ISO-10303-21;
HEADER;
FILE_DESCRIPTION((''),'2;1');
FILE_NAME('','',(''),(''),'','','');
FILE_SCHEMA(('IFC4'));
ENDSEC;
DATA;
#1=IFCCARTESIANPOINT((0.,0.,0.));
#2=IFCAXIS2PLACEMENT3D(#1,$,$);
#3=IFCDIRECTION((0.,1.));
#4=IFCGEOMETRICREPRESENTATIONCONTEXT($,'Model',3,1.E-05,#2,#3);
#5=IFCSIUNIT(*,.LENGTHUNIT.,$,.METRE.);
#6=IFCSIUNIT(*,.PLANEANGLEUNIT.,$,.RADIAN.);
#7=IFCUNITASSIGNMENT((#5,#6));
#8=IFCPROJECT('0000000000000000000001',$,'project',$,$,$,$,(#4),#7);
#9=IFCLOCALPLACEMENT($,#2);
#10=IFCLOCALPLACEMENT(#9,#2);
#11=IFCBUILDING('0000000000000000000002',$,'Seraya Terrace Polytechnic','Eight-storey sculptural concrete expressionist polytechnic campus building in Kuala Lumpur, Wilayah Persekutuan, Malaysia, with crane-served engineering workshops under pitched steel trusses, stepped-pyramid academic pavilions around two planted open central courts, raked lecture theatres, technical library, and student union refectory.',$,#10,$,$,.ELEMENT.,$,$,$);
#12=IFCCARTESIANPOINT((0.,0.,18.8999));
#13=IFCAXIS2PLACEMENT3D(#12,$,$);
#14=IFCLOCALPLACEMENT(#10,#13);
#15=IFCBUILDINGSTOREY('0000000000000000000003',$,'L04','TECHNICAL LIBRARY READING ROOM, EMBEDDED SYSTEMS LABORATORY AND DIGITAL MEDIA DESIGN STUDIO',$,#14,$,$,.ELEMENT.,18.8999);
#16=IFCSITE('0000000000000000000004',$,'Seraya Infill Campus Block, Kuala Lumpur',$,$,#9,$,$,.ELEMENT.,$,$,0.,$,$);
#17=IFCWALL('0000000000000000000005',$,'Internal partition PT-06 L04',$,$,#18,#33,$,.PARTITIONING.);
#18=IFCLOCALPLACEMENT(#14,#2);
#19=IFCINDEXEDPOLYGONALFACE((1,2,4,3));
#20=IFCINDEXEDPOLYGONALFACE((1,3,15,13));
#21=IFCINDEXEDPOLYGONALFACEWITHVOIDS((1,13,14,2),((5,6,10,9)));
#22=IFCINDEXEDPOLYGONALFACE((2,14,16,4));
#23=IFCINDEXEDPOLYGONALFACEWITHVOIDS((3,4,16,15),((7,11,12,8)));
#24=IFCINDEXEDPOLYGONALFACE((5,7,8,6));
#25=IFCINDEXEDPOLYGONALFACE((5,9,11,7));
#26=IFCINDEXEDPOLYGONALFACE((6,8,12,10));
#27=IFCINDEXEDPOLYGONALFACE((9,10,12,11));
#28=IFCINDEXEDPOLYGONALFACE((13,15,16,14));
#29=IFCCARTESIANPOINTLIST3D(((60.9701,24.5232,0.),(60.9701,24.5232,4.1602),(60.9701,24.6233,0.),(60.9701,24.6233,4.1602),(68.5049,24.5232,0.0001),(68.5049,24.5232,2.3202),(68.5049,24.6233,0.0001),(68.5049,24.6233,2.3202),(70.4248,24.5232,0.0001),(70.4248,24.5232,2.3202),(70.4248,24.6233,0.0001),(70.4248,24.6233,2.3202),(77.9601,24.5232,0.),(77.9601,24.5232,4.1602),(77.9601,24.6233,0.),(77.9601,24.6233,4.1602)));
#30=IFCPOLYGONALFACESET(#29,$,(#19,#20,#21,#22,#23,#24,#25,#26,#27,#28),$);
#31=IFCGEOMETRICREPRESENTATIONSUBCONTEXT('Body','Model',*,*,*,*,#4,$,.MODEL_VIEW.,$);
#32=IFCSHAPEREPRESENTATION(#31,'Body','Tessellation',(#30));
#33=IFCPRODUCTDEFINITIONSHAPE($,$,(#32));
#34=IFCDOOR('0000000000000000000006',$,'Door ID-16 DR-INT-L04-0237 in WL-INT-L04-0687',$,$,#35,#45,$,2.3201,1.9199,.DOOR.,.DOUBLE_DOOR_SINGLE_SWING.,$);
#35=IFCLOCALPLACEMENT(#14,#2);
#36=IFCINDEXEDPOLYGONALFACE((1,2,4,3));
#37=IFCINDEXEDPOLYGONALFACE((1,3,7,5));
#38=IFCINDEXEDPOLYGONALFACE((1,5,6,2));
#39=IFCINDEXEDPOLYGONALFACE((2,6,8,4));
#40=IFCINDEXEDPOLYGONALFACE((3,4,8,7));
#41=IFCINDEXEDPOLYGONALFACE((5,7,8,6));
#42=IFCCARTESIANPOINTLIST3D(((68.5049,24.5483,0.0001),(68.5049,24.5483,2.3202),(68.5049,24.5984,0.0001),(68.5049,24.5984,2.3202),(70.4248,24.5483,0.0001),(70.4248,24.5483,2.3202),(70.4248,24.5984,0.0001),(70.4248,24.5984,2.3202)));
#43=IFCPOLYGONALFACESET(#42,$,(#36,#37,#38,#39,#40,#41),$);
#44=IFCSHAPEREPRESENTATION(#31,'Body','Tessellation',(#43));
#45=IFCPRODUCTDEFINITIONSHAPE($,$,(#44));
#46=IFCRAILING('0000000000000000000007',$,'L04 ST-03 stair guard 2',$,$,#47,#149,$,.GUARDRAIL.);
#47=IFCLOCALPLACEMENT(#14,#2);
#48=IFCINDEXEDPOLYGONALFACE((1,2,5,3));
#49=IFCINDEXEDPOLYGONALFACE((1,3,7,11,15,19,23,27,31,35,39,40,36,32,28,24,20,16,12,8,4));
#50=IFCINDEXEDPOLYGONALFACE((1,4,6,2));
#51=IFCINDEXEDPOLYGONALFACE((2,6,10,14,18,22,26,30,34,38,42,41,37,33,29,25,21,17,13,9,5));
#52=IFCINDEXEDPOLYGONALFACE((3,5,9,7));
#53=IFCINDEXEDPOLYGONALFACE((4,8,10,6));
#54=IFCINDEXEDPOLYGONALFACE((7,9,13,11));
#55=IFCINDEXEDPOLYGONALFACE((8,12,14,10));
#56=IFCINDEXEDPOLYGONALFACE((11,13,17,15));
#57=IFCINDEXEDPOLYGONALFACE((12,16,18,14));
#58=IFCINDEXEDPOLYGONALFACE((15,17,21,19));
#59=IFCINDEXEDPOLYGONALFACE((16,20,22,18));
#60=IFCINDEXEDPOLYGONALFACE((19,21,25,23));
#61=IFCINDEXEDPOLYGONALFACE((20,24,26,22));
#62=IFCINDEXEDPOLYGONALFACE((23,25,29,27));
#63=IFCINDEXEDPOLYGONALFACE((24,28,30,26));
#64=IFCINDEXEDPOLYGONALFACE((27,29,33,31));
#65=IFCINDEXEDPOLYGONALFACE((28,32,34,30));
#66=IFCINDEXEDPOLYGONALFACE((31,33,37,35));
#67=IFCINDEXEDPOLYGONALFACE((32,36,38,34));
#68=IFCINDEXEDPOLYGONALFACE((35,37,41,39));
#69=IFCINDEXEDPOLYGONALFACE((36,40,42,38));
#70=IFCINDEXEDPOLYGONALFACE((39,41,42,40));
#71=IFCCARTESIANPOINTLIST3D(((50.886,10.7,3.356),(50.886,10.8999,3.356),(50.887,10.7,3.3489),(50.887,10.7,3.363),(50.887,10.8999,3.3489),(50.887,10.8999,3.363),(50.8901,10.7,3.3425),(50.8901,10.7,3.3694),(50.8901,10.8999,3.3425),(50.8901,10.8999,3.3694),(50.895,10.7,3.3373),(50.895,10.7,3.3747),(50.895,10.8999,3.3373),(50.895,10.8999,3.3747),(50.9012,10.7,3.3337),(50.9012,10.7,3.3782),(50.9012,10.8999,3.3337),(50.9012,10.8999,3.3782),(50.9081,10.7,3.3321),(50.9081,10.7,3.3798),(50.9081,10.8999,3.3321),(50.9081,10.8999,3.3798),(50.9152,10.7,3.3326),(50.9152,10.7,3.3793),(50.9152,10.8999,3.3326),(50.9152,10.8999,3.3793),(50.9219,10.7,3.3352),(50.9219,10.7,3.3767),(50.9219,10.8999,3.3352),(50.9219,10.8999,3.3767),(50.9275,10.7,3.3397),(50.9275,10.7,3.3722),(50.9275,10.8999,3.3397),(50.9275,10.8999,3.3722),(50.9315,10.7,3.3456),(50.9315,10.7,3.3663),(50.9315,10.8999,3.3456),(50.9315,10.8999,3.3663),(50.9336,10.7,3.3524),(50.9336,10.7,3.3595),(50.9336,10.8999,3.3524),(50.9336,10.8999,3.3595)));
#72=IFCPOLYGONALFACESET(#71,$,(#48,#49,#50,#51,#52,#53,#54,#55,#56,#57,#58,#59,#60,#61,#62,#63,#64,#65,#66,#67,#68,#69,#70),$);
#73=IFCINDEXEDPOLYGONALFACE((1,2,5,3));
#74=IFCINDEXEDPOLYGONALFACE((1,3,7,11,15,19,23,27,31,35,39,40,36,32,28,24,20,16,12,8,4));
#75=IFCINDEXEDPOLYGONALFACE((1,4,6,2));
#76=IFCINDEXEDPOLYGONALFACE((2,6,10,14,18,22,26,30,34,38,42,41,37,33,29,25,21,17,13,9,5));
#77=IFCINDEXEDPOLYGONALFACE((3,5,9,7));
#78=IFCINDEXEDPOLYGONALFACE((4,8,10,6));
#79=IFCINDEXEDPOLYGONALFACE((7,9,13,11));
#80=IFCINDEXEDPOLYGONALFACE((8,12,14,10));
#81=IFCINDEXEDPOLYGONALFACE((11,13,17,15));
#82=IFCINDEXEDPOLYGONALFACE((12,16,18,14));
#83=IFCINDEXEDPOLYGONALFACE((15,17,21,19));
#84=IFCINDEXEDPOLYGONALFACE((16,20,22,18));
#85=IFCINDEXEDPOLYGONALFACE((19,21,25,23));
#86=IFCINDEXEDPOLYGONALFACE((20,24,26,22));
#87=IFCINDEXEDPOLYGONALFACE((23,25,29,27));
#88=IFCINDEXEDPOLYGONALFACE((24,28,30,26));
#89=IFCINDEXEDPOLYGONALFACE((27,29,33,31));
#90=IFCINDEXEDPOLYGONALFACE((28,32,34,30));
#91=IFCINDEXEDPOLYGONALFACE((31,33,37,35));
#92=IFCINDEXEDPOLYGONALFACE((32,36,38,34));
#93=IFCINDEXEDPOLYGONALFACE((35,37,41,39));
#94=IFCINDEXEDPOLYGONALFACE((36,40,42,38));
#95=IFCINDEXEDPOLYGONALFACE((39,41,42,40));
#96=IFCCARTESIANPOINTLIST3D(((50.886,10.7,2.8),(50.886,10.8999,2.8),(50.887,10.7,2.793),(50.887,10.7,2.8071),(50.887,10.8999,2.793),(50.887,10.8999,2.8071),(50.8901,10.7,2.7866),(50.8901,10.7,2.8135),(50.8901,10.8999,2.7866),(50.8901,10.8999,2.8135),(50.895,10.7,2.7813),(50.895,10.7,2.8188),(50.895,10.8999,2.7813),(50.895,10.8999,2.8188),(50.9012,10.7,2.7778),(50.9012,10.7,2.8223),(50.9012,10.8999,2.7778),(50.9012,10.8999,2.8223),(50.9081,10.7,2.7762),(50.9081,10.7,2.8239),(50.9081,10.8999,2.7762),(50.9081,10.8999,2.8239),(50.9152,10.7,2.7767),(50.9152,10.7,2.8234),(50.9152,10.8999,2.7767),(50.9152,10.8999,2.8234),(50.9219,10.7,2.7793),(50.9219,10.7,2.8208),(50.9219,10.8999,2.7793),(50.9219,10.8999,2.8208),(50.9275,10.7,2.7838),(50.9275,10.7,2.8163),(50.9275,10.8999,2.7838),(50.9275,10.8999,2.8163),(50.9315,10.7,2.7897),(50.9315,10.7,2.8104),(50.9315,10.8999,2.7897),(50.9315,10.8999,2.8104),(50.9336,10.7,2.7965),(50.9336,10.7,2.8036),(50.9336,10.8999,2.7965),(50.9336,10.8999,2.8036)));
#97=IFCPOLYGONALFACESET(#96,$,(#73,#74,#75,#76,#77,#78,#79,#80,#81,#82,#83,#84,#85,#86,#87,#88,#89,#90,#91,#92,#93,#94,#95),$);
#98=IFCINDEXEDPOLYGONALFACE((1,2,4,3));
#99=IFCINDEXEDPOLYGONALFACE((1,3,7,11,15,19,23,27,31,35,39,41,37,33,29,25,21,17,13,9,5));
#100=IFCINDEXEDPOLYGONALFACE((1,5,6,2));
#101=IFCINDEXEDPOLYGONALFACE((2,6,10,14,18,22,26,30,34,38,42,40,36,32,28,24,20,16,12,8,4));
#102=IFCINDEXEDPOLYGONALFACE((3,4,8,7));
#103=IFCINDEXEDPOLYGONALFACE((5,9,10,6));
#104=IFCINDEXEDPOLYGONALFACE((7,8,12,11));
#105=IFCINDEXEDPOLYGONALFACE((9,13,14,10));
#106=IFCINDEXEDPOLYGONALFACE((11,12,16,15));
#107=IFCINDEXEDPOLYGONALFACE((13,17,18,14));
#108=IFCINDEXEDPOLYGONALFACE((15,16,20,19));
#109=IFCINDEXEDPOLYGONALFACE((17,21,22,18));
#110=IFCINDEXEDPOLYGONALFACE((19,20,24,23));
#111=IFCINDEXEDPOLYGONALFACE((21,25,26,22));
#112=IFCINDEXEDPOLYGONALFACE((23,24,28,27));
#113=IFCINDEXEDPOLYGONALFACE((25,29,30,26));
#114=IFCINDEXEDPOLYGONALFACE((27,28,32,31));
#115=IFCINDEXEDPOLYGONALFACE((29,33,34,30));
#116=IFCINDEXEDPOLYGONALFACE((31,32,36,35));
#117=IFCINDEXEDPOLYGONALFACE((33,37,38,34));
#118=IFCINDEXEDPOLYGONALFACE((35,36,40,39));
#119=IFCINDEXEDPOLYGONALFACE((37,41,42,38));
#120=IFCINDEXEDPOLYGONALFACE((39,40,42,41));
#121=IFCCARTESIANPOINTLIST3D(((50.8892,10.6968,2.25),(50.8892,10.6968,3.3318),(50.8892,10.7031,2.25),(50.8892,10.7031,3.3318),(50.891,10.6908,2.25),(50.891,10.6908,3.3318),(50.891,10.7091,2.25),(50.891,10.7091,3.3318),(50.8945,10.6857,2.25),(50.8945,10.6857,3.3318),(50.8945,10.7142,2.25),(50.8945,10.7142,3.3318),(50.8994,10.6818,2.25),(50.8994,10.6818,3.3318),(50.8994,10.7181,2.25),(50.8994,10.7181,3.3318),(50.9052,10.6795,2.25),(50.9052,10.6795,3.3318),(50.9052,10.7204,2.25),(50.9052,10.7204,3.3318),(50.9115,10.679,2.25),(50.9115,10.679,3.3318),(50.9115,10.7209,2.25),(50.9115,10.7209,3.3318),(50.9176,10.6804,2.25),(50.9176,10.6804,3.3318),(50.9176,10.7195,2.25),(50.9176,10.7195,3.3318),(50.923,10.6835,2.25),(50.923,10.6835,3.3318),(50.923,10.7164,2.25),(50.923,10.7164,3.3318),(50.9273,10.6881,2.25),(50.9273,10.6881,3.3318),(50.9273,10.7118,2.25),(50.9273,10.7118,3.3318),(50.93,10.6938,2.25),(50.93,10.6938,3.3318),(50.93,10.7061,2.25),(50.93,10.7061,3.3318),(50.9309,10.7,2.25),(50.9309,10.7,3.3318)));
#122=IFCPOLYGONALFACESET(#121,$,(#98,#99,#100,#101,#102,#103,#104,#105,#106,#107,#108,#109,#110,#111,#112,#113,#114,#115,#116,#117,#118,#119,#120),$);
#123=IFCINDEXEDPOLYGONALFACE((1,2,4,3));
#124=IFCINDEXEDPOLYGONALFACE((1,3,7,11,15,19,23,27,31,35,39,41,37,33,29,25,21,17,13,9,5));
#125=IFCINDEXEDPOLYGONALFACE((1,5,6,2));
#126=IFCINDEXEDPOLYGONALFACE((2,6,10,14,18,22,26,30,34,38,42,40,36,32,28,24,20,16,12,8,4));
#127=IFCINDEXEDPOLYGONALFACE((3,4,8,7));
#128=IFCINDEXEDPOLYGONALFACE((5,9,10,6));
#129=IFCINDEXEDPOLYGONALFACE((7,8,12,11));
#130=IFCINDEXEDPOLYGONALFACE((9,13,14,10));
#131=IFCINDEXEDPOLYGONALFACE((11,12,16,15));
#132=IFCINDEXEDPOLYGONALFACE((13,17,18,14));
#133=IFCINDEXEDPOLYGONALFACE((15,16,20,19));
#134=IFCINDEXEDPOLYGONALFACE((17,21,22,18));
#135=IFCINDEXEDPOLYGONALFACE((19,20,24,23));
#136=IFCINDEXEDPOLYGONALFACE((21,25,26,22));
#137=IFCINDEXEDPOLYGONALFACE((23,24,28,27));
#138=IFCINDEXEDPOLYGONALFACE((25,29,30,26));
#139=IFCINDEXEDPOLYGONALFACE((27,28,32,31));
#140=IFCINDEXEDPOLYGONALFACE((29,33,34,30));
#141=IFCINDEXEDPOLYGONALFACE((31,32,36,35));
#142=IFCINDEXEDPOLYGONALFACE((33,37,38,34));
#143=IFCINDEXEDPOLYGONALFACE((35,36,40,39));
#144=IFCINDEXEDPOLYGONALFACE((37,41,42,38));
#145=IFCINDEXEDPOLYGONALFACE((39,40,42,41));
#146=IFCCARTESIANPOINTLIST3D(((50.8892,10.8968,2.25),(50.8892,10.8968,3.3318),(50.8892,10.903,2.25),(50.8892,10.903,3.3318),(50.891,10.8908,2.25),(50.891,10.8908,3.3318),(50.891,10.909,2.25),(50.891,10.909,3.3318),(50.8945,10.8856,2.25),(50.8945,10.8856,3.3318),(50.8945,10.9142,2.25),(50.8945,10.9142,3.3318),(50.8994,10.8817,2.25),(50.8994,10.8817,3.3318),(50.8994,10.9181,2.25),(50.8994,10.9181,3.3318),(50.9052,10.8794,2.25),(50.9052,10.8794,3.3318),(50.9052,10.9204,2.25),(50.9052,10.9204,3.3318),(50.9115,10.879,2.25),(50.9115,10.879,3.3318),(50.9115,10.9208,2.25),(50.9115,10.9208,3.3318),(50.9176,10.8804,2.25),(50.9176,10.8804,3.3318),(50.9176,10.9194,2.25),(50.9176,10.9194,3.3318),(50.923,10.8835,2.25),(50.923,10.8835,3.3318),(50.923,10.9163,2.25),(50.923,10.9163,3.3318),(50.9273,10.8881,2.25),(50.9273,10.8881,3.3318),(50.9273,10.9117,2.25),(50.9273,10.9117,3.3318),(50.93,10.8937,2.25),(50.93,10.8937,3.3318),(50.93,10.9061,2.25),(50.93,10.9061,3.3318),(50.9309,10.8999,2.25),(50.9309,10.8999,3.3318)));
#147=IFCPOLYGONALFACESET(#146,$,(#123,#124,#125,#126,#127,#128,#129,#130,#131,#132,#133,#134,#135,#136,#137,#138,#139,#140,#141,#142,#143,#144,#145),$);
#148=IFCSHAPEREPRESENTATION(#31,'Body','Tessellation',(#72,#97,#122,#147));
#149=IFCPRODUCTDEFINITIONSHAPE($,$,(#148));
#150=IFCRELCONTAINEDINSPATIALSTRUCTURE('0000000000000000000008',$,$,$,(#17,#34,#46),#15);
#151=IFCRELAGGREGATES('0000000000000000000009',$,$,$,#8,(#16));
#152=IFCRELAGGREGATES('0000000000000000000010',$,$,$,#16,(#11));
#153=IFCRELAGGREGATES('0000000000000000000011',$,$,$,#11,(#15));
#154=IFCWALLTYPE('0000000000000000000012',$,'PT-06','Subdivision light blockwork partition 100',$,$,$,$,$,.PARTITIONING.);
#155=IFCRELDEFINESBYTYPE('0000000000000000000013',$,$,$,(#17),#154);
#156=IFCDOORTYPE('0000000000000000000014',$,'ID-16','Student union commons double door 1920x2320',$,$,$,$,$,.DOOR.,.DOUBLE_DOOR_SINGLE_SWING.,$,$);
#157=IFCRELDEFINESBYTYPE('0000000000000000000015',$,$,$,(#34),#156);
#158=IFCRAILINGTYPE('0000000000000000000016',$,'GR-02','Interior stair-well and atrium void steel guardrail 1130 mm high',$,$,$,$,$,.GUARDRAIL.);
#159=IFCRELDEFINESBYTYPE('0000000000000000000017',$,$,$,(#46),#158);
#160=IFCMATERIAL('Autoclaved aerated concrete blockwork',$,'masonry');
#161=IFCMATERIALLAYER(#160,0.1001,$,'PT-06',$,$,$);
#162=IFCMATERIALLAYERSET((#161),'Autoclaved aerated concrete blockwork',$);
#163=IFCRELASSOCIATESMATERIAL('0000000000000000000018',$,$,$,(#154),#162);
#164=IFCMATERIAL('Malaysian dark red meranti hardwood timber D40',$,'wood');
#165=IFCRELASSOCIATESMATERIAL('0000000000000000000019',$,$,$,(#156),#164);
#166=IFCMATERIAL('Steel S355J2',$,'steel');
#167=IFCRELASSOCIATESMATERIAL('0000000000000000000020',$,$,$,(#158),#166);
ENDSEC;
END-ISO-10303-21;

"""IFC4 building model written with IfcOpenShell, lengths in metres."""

from ifc_helpers import new_model, si_unit, direction, frame, frame_2d, origin, origin_2d, place, context, subcontext, project, spatial, rectangle, circle, extrude, material, layer, layer_set, type_object, element, fill, save


model = new_model("IFC4")

# Units and contexts
model_context = context("Model", 3, precision=1e-05, world=origin(), true_north=direction((0.0, 1.0)))
body_context = subcontext(model_context, "Body", "Model", "MODEL_VIEW")
ifc_project = project(units=[si_unit("LENGTHUNIT", "METRE"), si_unit("PLANEANGLEUNIT", "RADIAN")], contexts=[model_context])

# Site, building, storey
site_placement = place(None, origin())
site = spatial("IfcSite", under=ifc_project, at=site_placement, Name="Seraya Infill Campus Block, Kuala Lumpur", CompositionType="ELEMENT", RefElevation=0.0)
building_placement = place(site_placement, origin())
building = spatial("IfcBuilding", under=site, at=building_placement, Name="Seraya Terrace Polytechnic", Description="Eight-storey sculptural concrete expressionist polytechnic campus building in Kuala Lumpur, Wilayah Persekutuan, Malaysia, with crane-served engineering workshops under pitched steel trusses, stepped-pyramid academic pavilions around two planted open central courts, raked lecture theatres, technical library, and student union refectory.", CompositionType="ELEMENT")
storey_placement = place(building_placement, frame((0.0, 0.0, 18.8999)))
storey = spatial("IfcBuildingStorey", under=building, at=storey_placement, Name="L04", Description="TECHNICAL LIBRARY READING ROOM, EMBEDDED SYSTEMS LABORATORY AND DIGITAL MEDIA DESIGN STUDIO", CompositionType="ELEMENT", Elevation=18.8999)

# Shared definitions
ifc_material_1 = material(Name="Autoclaved aerated concrete blockwork", Category="masonry")

# Shared definitions
ifc_material_2 = material(Name="Malaysian dark red meranti hardwood timber D40", Category="wood")

# Wall, opening, door
ifc_layer_1 = layer(ifc_material_1, 0.1001, Name="PT-06")
ifc_layer_set_1 = layer_set([ifc_layer_1], Name="Autoclaved aerated concrete blockwork")
wall_type_1 = type_object("IfcWallType", Name="PT-06", Description="Subdivision light blockwork partition 100", PredefinedType="PARTITIONING", material=ifc_layer_set_1)
wall_1_placement = place(storey_placement, frame((60.97, 24.5732, 0.0), z_axis=(0.0, 0.0, 1.0), x_axis=(1.0, 0.0, 0.0)))
wall_1 = element("IfcWall", 1, at=wall_1_placement, inside=storey, type_object=wall_type_1, Name="Internal partition PT-06 L04", PredefinedType="PARTITIONING", context=body_context, shape_type="SweptSolid", body=[
    extrude(rectangle(XDim=16.99, YDim=0.1001, at=frame_2d((8.4951, 0.0))), origin(), (0.0, 0.0, 1.0), 4.1602),
])
opening_1_placement = place(wall_1_placement, frame((7.5349, 0.0, 0.0)))
opening_1 = element("IfcOpeningElement", 2, at=opening_1_placement, cuts=wall_1, PredefinedType="OPENING", context=body_context, shape_type="SweptSolid", body=[
    extrude(rectangle(XDim=1.9199, YDim=2.3201, at=frame_2d((0.96, 1.1602))), frame((0.0, 0.062, 0.0), z_axis=(0.0, -1.0, 0.0), x_axis=(1.0, 0.0, 0.0)), (0.0, 0.0, 1.0), 0.124),
])
door_type_1 = type_object("IfcDoorType", Name="ID-16", Description="Student union commons double door 1920x2320", OperationType="DOUBLE_DOOR_SINGLE_SWING", PredefinedType="DOOR", material=ifc_material_2)
door_1_placement = place(opening_1_placement, frame((1.9199, 0.0, 0.0), z_axis=(0.0, 0.0, 1.0), x_axis=(-1.0, 0.0, 0.0)))
door_1 = element("IfcDoor", 3, at=door_1_placement, inside=storey, type_object=door_type_1, Name="Door ID-16 DR-INT-L04-0237 in WL-INT-L04-0687", OperationType="DOUBLE_DOOR_SINGLE_SWING", OverallHeight=2.3201, OverallWidth=1.9199, PredefinedType="DOOR", context=body_context, shape_type="SweptSolid", body=[
    extrude(rectangle(XDim=1.9199, YDim=2.3201, at=frame_2d((0.96, 1.1602))), frame((0.0, 0.0249, 0.0), z_axis=(0.0, -1.0, 0.0), x_axis=(1.0, 0.0, 0.0)), (0.0, 0.0, 1.0), 0.05),
])
fill(opening_1, door_1)

# Railing
ifc_material_3 = material(Name="Steel S355J2", Category="steel")
railing_type_1 = type_object("IfcRailingType", Name="GR-02", Description="Interior stair-well and atrium void steel guardrail 1130 mm high", PredefinedType="GUARDRAIL", material=ifc_material_3)
railing_1_placement = place(storey_placement, frame((50.9099, 10.7, 2.25)))
element("IfcRailing", 4, at=railing_1_placement, inside=storey, type_object=railing_type_1, Name="L04 ST-03 stair guard 2", PredefinedType="GUARDRAIL", context=body_context, shape_type="SweptSolid", body=[
    extrude(circle(Radius=0.0239, at=origin_2d()), frame((0.0, 0.0, 1.106), z_axis=(0.0, 1.0, 0.0), x_axis=(-1.0, 0.0, 0.0)), (0.0, 0.0, 1.0), 0.2),
    extrude(circle(Radius=0.0239, at=origin_2d()), frame((0.0, 0.0, 0.55), z_axis=(0.0, 1.0, 0.0), x_axis=(-1.0, 0.0, 0.0)), (0.0, 0.0, 1.0), 0.2),
    extrude(circle(Radius=0.021, at=origin_2d()), origin(), (0.0, 0.0, 1.0), 1.0818),
    extrude(circle(Radius=0.021, at=origin_2d()), frame((0.0, 0.2, 0.0)), (0.0, 0.0, 1.0), 1.0818),
])

save(model, "model.ifc")
